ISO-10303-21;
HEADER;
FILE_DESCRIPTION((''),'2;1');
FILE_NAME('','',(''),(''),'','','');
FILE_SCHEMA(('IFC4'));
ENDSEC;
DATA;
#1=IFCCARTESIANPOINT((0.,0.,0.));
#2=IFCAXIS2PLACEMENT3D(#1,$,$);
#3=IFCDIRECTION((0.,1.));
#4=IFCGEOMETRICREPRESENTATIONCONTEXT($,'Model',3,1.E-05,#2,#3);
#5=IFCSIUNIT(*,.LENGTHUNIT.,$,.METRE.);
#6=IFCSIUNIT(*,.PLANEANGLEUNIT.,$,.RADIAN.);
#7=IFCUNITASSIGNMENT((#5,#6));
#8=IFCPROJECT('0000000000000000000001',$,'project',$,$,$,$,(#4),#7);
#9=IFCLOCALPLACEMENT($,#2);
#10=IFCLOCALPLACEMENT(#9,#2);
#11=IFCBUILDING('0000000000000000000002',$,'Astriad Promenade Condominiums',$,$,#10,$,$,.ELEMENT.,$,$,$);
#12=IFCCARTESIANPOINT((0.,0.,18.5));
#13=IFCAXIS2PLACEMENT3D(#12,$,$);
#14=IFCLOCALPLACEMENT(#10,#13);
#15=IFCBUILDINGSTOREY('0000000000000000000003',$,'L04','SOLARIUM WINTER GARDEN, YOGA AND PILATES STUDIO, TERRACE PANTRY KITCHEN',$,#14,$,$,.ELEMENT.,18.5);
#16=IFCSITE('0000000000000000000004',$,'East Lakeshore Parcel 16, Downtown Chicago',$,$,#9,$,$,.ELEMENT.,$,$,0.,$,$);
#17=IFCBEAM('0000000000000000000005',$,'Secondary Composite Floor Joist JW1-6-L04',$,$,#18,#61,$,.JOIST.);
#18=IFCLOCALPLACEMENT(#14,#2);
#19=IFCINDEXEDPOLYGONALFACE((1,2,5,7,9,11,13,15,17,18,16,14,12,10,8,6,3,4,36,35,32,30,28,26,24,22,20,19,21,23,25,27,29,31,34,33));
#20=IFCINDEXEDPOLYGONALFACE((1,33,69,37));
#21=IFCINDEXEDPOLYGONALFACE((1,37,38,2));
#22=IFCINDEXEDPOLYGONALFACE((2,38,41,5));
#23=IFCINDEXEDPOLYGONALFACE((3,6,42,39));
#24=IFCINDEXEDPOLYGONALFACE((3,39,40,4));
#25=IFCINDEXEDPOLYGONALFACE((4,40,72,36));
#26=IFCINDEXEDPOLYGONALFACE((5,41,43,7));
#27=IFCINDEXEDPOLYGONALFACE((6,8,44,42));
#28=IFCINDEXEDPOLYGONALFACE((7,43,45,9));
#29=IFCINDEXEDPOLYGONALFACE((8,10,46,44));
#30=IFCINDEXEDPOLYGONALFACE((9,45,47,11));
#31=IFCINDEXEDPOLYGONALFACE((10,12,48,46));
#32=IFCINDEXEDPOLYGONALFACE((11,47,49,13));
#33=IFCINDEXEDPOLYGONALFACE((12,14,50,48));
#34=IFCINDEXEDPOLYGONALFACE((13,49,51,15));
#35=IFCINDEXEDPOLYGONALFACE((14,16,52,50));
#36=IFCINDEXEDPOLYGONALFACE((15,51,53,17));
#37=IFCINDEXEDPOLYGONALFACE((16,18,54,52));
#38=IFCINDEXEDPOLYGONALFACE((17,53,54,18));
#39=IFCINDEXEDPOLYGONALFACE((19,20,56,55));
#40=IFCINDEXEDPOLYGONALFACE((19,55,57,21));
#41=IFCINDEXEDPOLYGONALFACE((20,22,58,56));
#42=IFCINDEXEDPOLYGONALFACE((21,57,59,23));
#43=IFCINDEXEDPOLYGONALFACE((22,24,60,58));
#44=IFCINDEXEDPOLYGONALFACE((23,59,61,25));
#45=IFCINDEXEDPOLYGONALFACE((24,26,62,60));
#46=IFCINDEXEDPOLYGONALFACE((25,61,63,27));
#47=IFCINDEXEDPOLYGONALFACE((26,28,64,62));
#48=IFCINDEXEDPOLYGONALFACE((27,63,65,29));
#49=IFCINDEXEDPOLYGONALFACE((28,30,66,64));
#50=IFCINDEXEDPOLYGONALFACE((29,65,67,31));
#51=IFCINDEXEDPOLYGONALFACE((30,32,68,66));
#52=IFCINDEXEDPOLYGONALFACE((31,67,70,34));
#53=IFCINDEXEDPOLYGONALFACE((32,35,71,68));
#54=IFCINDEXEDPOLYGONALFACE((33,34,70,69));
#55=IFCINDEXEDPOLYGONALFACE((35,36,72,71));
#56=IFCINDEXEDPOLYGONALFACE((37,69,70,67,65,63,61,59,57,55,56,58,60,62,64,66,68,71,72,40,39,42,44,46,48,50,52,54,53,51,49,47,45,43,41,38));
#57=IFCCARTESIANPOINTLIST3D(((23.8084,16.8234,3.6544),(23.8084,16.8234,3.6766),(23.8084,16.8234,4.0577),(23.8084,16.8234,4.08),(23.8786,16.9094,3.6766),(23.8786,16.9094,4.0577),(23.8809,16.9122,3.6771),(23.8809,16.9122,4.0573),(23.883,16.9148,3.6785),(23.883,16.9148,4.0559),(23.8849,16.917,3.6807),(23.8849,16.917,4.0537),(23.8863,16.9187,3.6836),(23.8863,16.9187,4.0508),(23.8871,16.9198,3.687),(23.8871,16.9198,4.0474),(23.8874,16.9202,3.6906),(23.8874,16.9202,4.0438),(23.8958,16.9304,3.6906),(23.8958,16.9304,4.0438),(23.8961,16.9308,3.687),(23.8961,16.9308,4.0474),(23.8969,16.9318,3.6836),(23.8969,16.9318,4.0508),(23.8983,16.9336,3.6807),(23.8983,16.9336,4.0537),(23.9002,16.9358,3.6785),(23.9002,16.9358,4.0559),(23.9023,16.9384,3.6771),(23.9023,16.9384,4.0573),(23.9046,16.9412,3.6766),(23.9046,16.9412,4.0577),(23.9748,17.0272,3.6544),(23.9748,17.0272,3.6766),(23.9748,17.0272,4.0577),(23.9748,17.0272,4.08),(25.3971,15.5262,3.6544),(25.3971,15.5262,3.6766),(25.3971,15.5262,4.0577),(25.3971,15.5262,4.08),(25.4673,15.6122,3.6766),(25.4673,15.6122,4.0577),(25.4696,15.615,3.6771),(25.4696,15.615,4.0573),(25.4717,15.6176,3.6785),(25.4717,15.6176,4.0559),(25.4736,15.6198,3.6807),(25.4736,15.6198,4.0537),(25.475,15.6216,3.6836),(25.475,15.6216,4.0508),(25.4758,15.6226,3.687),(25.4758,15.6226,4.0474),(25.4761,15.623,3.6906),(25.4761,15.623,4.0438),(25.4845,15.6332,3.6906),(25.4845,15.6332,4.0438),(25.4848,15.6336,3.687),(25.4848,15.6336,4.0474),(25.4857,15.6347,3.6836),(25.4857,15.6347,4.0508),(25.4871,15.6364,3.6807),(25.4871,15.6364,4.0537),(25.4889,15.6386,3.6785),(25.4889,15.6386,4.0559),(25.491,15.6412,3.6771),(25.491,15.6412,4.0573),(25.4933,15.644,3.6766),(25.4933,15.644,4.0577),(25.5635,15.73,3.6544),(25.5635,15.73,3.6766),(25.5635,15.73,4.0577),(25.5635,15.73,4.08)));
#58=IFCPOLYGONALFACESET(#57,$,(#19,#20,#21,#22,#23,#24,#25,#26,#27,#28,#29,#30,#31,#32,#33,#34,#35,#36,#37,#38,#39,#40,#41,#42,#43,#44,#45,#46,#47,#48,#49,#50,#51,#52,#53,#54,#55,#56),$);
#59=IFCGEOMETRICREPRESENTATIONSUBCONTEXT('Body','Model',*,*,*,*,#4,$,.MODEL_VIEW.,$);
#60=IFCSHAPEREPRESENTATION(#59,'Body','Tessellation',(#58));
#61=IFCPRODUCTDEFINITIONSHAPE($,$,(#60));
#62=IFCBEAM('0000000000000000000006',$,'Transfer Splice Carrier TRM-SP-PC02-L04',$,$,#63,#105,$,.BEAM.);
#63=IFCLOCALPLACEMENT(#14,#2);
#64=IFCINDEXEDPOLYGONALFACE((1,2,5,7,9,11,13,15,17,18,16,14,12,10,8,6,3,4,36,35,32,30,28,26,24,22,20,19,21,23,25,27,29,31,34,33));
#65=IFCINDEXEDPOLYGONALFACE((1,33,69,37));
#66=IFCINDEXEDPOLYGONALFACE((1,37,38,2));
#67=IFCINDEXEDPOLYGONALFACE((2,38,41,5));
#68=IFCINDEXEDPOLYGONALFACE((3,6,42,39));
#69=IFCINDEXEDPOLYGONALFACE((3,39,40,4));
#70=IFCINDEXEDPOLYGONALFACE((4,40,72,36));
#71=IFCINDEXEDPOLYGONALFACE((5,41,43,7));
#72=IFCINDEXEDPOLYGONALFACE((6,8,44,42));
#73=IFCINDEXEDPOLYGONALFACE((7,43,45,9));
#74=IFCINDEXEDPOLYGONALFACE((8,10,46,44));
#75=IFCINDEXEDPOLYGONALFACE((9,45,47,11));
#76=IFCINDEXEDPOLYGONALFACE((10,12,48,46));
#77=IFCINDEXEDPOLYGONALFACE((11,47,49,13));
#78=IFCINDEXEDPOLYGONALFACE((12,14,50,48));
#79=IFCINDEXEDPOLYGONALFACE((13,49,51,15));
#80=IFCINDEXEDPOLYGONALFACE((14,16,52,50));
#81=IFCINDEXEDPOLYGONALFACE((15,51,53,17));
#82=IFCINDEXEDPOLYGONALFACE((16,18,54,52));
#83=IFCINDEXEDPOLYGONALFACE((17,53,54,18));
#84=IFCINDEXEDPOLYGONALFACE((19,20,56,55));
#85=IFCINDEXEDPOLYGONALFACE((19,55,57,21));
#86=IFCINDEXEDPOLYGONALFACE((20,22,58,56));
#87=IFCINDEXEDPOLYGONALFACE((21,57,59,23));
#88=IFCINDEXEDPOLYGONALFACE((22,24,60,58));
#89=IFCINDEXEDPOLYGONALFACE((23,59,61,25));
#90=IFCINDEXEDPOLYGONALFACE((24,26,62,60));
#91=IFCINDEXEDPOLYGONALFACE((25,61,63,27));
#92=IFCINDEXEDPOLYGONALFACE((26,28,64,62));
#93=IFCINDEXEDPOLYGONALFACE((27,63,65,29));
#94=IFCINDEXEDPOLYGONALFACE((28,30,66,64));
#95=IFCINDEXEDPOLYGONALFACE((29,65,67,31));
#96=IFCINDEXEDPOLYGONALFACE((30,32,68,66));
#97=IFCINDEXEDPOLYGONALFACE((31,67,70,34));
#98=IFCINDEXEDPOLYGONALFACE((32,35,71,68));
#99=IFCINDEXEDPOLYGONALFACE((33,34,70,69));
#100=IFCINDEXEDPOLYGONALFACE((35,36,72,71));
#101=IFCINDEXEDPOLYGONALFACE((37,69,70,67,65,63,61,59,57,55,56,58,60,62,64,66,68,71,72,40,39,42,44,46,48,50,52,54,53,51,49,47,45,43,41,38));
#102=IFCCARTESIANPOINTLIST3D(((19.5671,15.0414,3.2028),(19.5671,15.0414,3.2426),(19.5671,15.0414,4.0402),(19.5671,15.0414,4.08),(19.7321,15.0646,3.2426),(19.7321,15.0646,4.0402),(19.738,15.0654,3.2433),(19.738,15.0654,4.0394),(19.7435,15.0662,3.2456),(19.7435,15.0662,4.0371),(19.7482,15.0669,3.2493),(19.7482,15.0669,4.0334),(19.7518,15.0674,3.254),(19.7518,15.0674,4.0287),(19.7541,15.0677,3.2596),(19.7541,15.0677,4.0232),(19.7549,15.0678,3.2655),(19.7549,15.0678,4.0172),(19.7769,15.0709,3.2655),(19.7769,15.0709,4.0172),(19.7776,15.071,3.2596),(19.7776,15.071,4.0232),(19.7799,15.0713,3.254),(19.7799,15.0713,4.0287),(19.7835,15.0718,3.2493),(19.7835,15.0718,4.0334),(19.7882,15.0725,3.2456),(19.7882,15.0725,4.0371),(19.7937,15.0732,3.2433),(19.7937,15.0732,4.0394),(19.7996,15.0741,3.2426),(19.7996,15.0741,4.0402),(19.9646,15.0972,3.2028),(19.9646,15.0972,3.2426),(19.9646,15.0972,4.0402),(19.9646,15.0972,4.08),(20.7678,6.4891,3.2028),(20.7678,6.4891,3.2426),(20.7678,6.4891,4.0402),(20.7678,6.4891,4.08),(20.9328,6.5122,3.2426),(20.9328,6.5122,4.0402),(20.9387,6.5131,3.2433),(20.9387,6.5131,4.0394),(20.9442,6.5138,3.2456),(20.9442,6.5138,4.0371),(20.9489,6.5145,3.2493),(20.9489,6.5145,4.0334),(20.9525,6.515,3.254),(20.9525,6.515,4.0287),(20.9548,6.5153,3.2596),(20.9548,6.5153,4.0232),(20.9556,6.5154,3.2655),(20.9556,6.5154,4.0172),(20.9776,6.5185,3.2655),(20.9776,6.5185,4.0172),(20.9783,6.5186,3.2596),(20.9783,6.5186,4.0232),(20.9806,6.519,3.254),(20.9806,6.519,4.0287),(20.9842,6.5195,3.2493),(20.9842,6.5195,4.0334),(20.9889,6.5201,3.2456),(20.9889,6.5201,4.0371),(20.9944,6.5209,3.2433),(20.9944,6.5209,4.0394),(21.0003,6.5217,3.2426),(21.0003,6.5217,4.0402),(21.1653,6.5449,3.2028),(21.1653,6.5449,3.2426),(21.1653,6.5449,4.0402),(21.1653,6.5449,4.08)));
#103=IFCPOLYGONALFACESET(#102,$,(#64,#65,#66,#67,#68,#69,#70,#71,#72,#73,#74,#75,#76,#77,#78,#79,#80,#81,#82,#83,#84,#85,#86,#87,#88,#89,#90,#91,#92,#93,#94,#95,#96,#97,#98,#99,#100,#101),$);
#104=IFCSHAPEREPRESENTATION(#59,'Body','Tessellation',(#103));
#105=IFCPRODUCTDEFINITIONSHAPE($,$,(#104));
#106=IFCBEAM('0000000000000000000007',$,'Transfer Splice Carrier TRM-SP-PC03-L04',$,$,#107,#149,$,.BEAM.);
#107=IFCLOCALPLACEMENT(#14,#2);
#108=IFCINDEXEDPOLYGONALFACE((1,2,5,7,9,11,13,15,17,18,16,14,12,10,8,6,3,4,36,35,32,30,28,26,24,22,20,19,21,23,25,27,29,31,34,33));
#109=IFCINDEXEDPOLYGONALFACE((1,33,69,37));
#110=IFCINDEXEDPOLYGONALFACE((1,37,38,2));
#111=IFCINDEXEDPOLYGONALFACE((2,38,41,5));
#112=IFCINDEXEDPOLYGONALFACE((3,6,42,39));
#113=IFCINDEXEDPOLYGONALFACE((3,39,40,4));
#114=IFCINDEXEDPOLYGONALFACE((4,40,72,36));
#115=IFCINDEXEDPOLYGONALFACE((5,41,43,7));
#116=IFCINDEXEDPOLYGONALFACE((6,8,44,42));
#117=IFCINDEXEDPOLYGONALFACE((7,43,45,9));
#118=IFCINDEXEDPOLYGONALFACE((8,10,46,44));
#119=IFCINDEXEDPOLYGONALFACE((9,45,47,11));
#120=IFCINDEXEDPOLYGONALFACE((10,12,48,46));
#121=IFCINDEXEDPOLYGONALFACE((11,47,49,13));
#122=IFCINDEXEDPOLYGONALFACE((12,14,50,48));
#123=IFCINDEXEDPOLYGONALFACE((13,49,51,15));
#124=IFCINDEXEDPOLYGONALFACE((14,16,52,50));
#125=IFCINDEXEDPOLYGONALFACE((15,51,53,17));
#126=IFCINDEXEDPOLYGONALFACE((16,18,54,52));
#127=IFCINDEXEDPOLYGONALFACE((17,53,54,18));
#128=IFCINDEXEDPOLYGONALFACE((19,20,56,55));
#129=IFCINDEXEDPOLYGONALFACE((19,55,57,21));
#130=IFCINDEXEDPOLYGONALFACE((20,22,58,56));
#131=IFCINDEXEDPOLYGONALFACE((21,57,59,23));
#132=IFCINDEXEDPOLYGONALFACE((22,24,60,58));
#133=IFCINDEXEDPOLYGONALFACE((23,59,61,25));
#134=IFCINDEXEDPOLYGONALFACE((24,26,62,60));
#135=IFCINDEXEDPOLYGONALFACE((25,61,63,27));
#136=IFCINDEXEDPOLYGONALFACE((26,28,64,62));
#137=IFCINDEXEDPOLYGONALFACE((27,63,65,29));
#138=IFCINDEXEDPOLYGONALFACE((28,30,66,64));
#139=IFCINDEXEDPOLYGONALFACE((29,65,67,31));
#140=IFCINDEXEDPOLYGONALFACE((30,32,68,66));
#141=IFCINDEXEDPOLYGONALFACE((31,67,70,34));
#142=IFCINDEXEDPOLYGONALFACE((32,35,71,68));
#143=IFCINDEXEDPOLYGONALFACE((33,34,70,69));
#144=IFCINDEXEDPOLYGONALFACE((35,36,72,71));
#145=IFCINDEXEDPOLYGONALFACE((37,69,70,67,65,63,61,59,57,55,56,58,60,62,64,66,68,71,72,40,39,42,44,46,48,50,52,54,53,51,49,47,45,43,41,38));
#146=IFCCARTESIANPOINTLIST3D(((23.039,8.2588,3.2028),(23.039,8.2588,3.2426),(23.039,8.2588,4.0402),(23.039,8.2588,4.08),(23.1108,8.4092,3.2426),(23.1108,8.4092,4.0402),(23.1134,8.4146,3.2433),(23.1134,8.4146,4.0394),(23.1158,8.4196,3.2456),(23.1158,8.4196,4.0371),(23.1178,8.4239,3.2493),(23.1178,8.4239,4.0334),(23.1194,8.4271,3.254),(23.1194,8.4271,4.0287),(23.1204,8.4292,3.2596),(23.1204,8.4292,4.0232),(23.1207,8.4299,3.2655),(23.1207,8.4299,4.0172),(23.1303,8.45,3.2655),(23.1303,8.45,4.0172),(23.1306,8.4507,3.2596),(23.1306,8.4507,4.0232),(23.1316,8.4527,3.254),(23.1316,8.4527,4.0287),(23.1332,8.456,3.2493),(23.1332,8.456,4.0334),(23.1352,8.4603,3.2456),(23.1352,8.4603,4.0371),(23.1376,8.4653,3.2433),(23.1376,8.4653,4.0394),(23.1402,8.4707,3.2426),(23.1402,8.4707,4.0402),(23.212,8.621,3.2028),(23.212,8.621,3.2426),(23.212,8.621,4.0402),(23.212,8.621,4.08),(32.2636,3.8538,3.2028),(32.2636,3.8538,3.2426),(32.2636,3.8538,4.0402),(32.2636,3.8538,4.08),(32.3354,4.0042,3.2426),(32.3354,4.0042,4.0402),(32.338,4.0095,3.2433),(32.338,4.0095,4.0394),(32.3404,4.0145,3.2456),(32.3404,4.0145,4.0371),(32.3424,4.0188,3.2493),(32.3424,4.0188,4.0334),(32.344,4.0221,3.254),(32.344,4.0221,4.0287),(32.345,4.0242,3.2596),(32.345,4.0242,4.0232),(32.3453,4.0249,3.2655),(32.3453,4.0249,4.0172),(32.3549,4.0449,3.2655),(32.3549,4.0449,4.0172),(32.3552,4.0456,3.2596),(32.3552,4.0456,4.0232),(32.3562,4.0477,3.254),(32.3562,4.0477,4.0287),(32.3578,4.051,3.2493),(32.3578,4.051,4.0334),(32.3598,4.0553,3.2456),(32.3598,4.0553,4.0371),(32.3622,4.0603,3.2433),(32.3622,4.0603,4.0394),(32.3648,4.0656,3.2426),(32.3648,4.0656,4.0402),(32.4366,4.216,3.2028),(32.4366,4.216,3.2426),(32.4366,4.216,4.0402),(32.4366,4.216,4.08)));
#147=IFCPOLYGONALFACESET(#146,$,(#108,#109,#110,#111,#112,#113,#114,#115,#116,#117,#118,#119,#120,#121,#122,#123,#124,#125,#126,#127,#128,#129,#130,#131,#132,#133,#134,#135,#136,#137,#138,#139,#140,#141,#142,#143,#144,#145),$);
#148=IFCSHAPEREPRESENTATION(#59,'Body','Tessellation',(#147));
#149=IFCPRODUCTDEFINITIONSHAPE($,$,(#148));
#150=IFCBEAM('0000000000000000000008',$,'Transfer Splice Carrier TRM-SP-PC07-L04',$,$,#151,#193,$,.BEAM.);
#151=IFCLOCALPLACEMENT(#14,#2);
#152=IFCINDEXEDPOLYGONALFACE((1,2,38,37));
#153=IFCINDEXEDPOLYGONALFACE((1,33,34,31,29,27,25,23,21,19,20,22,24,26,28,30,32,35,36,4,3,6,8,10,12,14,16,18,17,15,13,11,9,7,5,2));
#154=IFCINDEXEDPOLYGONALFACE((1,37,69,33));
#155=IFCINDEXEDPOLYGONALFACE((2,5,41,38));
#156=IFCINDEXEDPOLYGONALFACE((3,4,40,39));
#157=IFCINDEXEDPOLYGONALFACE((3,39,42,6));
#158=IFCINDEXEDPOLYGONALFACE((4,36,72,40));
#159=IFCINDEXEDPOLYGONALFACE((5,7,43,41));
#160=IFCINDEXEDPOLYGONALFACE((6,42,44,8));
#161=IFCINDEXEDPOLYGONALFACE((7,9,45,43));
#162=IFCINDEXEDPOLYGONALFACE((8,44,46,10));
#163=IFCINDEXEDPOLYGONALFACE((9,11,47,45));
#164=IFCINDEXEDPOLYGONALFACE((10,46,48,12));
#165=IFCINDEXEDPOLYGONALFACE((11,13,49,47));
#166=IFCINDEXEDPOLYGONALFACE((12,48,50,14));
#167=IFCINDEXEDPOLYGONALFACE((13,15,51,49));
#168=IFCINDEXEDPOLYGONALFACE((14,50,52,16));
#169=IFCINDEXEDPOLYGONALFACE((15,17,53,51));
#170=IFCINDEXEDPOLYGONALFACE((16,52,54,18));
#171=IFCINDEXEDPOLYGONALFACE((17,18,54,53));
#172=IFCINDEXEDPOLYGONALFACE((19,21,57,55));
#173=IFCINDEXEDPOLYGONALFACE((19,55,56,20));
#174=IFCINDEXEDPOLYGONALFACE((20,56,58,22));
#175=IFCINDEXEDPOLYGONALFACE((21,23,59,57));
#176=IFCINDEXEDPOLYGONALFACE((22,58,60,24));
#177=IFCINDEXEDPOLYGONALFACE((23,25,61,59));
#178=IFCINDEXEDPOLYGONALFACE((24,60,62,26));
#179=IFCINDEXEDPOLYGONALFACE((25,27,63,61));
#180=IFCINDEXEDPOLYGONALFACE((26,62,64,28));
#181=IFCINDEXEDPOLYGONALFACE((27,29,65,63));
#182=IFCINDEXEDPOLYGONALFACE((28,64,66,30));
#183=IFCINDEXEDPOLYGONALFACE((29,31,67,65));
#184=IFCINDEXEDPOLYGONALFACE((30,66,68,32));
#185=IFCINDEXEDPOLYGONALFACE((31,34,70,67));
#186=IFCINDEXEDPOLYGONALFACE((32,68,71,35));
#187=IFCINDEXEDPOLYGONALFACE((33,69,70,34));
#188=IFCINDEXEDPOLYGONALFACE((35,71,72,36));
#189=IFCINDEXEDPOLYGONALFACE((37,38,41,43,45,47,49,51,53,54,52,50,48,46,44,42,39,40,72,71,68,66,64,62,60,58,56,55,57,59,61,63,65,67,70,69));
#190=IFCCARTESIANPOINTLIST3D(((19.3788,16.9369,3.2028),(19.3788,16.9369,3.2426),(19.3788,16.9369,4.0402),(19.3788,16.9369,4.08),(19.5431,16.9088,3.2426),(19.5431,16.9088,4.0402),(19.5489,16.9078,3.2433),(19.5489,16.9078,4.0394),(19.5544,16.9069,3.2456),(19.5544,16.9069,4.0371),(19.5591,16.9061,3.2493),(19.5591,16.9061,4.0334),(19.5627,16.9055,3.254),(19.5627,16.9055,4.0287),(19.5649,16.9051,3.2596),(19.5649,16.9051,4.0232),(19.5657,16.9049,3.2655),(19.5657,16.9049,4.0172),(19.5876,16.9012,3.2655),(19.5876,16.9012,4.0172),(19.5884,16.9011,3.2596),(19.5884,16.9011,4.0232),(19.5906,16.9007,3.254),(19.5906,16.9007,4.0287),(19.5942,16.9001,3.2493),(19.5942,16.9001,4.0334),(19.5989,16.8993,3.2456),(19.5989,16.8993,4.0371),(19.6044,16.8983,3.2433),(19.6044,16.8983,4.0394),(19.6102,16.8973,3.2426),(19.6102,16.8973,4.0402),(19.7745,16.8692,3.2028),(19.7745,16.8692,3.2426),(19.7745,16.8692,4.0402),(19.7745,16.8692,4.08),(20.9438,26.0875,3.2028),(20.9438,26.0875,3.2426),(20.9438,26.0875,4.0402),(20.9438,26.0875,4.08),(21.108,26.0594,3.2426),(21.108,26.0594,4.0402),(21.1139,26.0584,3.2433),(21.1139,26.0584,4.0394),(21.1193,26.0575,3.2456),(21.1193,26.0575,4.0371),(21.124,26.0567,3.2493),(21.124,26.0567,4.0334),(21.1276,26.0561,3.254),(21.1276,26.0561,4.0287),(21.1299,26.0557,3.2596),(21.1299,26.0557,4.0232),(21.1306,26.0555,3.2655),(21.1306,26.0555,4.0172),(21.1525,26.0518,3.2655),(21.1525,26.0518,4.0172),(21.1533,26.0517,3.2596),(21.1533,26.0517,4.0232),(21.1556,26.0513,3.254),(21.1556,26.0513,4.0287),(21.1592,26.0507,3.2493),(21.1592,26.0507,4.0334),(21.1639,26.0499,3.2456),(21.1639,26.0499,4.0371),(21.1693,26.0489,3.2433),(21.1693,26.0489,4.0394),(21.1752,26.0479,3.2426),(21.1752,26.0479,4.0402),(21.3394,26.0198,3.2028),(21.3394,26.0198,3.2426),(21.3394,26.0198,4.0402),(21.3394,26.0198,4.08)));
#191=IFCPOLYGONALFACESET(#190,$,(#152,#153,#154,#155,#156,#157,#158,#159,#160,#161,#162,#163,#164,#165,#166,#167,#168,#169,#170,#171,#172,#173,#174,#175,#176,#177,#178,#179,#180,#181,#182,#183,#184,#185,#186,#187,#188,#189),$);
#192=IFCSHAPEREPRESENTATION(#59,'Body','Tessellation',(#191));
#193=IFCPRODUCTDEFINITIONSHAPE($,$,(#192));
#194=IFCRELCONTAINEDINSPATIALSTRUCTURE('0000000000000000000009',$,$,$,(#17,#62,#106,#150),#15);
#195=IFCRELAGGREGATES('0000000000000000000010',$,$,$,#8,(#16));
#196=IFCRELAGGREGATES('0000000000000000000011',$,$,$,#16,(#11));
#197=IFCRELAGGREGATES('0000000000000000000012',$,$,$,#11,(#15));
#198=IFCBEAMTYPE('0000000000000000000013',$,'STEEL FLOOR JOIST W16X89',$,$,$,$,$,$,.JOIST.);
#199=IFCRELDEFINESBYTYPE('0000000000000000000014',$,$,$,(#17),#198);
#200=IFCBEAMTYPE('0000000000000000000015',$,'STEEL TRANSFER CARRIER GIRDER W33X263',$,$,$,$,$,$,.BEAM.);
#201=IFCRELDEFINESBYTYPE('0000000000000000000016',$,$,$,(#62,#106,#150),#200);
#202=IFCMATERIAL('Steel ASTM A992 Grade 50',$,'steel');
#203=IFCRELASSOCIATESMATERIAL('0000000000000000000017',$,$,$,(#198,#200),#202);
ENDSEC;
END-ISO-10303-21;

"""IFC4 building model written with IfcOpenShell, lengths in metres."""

from ifc_helpers import new_model, si_unit, direction, frame, origin, origin_2d, place, context, subcontext, project, spatial, i_section, extrude, source, transform, mapped, material, material_profile, profile_set, type_object, type_shapes, element, save


model = new_model("IFC4")

# Units and contexts
model_context = context("Model", 3, precision=1e-05, world=origin(), true_north=direction((0.0, 1.0)))
body_context = subcontext(model_context, "Body", "Model", "MODEL_VIEW")
ifc_project = project(units=[si_unit("LENGTHUNIT", "METRE"), si_unit("PLANEANGLEUNIT", "RADIAN")], contexts=[model_context])

# Site, building, storey
site_placement = place(None, origin())
site = spatial("IfcSite", under=ifc_project, at=site_placement, Name="East Lakeshore Parcel 16, Downtown Chicago", CompositionType="ELEMENT", RefElevation=0.0)
building_placement = place(site_placement, origin())
building = spatial("IfcBuilding", under=site, at=building_placement, Name="Astriad Promenade Condominiums", CompositionType="ELEMENT")
storey_placement = place(building_placement, frame((0.0, 0.0, 18.5)))
storey = spatial("IfcBuildingStorey", under=building, at=storey_placement, Name="L04", Description="SOLARIUM WINTER GARDEN, YOGA AND PILATES STUDIO, TERRACE PANTRY KITCHEN", CompositionType="ELEMENT", Elevation=18.5)

# Shared definitions
ifc_material_1 = material(Name="Steel ASTM A992 Grade 50", Category="steel")

# Beams
ifc_material_profile_1 = material_profile(ifc_material_1, i_section(OverallWidth=0.2632, OverallDepth=0.4255, WebThickness=0.0132, FlangeThickness=0.0222, FilletRadius=0.0139, at=origin_2d()), Name="W16X89")
ifc_profile_set_1 = profile_set([ifc_material_profile_1], Name="Steel ASTM A992 Grade 50")
beam_type_1 = type_object("IfcBeamType", Name="STEEL FLOOR JOIST W16X89", PredefinedType="JOIST", material=ifc_profile_set_1)
shared_shape_1 = source(origin(), body_context, "Body", "SweptSolid", [
    extrude(i_section(OverallWidth=0.2632, OverallDepth=0.4255, WebThickness=0.0132, FlangeThickness=0.0222, FilletRadius=0.0139, at=origin_2d()), origin(), (0.0, 0.0, 1.0), 2.051),
])
beam_1_placement = place(storey_placement, frame((23.8916, 16.9253, 3.8672), z_axis=(0.774593, -0.63246, 0.0), x_axis=(0.63246, 0.774593, 0.0)))
element("IfcBeam", 1, at=beam_1_placement, inside=storey, type_object=beam_type_1, Name="Secondary Composite Floor Joist JW1-6-L04", PredefinedType="JOIST", context=body_context, shape_type="MappedRepresentation", body=[
    mapped(shared_shape_1, transform((0.0, 0.0, 0.0), scale=1.0)),
])
ifc_material_profile_2 = material_profile(ifc_material_1, i_section(OverallWidth=0.4014, OverallDepth=0.8772, WebThickness=0.0222, FlangeThickness=0.0398, FilletRadius=0.0229, at=origin_2d()), Name="W33X263")
ifc_profile_set_2 = profile_set([ifc_material_profile_2], Name="Steel ASTM A992 Grade 50")
beam_type_2 = type_object("IfcBeamType", Name="STEEL TRANSFER CARRIER GIRDER W33X263", PredefinedType="BEAM", material=ifc_profile_set_2)
shared_shape_2 = source(origin(), body_context, "Body", "SweptSolid", [
    extrude(i_section(OverallWidth=0.4014, OverallDepth=0.8772, WebThickness=0.0222, FlangeThickness=0.0398, FilletRadius=0.0229, at=origin_2d()), origin(), (0.0, 0.0, 1.0), 8.6362),
])
beam_2_placement = place(storey_placement, frame((19.7659, 15.0693, 3.6414), z_axis=(0.13903, -0.990288, 0.0), x_axis=(0.990288, 0.13903, 0.0)))
element("IfcBeam", 2, at=beam_2_placement, inside=storey, type_object=beam_type_2, Name="Transfer Splice Carrier TRM-SP-PC02-L04", PredefinedType="BEAM", context=body_context, shape_type="MappedRepresentation", body=[
    mapped(shared_shape_2, transform((0.0, 0.0, 0.0), scale=1.0)),
])
shared_shape_3 = source(origin(), body_context, "Body", "SweptSolid", [
    extrude(i_section(OverallWidth=0.4014, OverallDepth=0.8772, WebThickness=0.0222, FlangeThickness=0.0398, FilletRadius=0.0229, at=origin_2d()), origin(), (0.0, 0.0, 1.0), 10.2224),
])
beam_3_placement = place(storey_placement, frame((23.1255, 8.4399, 3.6414), z_axis=(0.902391, -0.430919, 0.0), x_axis=(0.430919, 0.902391, 0.0)))
element("IfcBeam", 3, at=beam_3_placement, inside=storey, type_object=beam_type_2, Name="Transfer Splice Carrier TRM-SP-PC03-L04", PredefinedType="BEAM", context=body_context, shape_type="MappedRepresentation", body=[
    mapped(shared_shape_3, transform((0.0, 0.0, 0.0), scale=1.0)),
])
shared_shape_4 = source(origin(), body_context, "Body", "SweptSolid", [
    extrude(i_section(OverallWidth=0.4014, OverallDepth=0.8772, WebThickness=0.0222, FlangeThickness=0.0398, FilletRadius=0.0229, at=origin_2d()), origin(), (0.0, 0.0, 1.0), 9.2834),
])
type_shapes(beam_type_2, [shared_shape_2, shared_shape_3, shared_shape_4])
beam_4_placement = place(storey_placement, frame((19.5767, 16.9031, 3.6414), z_axis=(0.168573, 0.985689, 0.0), x_axis=(-0.985689, 0.168573, 0.0)))
element("IfcBeam", 4, at=beam_4_placement, inside=storey, type_object=beam_type_2, Name="Transfer Splice Carrier TRM-SP-PC07-L04", PredefinedType="BEAM", context=body_context, shape_type="MappedRepresentation", body=[
    mapped(shared_shape_4, transform((0.0, 0.0, 0.0), scale=1.0)),
])

save(model, "model.ifc")
